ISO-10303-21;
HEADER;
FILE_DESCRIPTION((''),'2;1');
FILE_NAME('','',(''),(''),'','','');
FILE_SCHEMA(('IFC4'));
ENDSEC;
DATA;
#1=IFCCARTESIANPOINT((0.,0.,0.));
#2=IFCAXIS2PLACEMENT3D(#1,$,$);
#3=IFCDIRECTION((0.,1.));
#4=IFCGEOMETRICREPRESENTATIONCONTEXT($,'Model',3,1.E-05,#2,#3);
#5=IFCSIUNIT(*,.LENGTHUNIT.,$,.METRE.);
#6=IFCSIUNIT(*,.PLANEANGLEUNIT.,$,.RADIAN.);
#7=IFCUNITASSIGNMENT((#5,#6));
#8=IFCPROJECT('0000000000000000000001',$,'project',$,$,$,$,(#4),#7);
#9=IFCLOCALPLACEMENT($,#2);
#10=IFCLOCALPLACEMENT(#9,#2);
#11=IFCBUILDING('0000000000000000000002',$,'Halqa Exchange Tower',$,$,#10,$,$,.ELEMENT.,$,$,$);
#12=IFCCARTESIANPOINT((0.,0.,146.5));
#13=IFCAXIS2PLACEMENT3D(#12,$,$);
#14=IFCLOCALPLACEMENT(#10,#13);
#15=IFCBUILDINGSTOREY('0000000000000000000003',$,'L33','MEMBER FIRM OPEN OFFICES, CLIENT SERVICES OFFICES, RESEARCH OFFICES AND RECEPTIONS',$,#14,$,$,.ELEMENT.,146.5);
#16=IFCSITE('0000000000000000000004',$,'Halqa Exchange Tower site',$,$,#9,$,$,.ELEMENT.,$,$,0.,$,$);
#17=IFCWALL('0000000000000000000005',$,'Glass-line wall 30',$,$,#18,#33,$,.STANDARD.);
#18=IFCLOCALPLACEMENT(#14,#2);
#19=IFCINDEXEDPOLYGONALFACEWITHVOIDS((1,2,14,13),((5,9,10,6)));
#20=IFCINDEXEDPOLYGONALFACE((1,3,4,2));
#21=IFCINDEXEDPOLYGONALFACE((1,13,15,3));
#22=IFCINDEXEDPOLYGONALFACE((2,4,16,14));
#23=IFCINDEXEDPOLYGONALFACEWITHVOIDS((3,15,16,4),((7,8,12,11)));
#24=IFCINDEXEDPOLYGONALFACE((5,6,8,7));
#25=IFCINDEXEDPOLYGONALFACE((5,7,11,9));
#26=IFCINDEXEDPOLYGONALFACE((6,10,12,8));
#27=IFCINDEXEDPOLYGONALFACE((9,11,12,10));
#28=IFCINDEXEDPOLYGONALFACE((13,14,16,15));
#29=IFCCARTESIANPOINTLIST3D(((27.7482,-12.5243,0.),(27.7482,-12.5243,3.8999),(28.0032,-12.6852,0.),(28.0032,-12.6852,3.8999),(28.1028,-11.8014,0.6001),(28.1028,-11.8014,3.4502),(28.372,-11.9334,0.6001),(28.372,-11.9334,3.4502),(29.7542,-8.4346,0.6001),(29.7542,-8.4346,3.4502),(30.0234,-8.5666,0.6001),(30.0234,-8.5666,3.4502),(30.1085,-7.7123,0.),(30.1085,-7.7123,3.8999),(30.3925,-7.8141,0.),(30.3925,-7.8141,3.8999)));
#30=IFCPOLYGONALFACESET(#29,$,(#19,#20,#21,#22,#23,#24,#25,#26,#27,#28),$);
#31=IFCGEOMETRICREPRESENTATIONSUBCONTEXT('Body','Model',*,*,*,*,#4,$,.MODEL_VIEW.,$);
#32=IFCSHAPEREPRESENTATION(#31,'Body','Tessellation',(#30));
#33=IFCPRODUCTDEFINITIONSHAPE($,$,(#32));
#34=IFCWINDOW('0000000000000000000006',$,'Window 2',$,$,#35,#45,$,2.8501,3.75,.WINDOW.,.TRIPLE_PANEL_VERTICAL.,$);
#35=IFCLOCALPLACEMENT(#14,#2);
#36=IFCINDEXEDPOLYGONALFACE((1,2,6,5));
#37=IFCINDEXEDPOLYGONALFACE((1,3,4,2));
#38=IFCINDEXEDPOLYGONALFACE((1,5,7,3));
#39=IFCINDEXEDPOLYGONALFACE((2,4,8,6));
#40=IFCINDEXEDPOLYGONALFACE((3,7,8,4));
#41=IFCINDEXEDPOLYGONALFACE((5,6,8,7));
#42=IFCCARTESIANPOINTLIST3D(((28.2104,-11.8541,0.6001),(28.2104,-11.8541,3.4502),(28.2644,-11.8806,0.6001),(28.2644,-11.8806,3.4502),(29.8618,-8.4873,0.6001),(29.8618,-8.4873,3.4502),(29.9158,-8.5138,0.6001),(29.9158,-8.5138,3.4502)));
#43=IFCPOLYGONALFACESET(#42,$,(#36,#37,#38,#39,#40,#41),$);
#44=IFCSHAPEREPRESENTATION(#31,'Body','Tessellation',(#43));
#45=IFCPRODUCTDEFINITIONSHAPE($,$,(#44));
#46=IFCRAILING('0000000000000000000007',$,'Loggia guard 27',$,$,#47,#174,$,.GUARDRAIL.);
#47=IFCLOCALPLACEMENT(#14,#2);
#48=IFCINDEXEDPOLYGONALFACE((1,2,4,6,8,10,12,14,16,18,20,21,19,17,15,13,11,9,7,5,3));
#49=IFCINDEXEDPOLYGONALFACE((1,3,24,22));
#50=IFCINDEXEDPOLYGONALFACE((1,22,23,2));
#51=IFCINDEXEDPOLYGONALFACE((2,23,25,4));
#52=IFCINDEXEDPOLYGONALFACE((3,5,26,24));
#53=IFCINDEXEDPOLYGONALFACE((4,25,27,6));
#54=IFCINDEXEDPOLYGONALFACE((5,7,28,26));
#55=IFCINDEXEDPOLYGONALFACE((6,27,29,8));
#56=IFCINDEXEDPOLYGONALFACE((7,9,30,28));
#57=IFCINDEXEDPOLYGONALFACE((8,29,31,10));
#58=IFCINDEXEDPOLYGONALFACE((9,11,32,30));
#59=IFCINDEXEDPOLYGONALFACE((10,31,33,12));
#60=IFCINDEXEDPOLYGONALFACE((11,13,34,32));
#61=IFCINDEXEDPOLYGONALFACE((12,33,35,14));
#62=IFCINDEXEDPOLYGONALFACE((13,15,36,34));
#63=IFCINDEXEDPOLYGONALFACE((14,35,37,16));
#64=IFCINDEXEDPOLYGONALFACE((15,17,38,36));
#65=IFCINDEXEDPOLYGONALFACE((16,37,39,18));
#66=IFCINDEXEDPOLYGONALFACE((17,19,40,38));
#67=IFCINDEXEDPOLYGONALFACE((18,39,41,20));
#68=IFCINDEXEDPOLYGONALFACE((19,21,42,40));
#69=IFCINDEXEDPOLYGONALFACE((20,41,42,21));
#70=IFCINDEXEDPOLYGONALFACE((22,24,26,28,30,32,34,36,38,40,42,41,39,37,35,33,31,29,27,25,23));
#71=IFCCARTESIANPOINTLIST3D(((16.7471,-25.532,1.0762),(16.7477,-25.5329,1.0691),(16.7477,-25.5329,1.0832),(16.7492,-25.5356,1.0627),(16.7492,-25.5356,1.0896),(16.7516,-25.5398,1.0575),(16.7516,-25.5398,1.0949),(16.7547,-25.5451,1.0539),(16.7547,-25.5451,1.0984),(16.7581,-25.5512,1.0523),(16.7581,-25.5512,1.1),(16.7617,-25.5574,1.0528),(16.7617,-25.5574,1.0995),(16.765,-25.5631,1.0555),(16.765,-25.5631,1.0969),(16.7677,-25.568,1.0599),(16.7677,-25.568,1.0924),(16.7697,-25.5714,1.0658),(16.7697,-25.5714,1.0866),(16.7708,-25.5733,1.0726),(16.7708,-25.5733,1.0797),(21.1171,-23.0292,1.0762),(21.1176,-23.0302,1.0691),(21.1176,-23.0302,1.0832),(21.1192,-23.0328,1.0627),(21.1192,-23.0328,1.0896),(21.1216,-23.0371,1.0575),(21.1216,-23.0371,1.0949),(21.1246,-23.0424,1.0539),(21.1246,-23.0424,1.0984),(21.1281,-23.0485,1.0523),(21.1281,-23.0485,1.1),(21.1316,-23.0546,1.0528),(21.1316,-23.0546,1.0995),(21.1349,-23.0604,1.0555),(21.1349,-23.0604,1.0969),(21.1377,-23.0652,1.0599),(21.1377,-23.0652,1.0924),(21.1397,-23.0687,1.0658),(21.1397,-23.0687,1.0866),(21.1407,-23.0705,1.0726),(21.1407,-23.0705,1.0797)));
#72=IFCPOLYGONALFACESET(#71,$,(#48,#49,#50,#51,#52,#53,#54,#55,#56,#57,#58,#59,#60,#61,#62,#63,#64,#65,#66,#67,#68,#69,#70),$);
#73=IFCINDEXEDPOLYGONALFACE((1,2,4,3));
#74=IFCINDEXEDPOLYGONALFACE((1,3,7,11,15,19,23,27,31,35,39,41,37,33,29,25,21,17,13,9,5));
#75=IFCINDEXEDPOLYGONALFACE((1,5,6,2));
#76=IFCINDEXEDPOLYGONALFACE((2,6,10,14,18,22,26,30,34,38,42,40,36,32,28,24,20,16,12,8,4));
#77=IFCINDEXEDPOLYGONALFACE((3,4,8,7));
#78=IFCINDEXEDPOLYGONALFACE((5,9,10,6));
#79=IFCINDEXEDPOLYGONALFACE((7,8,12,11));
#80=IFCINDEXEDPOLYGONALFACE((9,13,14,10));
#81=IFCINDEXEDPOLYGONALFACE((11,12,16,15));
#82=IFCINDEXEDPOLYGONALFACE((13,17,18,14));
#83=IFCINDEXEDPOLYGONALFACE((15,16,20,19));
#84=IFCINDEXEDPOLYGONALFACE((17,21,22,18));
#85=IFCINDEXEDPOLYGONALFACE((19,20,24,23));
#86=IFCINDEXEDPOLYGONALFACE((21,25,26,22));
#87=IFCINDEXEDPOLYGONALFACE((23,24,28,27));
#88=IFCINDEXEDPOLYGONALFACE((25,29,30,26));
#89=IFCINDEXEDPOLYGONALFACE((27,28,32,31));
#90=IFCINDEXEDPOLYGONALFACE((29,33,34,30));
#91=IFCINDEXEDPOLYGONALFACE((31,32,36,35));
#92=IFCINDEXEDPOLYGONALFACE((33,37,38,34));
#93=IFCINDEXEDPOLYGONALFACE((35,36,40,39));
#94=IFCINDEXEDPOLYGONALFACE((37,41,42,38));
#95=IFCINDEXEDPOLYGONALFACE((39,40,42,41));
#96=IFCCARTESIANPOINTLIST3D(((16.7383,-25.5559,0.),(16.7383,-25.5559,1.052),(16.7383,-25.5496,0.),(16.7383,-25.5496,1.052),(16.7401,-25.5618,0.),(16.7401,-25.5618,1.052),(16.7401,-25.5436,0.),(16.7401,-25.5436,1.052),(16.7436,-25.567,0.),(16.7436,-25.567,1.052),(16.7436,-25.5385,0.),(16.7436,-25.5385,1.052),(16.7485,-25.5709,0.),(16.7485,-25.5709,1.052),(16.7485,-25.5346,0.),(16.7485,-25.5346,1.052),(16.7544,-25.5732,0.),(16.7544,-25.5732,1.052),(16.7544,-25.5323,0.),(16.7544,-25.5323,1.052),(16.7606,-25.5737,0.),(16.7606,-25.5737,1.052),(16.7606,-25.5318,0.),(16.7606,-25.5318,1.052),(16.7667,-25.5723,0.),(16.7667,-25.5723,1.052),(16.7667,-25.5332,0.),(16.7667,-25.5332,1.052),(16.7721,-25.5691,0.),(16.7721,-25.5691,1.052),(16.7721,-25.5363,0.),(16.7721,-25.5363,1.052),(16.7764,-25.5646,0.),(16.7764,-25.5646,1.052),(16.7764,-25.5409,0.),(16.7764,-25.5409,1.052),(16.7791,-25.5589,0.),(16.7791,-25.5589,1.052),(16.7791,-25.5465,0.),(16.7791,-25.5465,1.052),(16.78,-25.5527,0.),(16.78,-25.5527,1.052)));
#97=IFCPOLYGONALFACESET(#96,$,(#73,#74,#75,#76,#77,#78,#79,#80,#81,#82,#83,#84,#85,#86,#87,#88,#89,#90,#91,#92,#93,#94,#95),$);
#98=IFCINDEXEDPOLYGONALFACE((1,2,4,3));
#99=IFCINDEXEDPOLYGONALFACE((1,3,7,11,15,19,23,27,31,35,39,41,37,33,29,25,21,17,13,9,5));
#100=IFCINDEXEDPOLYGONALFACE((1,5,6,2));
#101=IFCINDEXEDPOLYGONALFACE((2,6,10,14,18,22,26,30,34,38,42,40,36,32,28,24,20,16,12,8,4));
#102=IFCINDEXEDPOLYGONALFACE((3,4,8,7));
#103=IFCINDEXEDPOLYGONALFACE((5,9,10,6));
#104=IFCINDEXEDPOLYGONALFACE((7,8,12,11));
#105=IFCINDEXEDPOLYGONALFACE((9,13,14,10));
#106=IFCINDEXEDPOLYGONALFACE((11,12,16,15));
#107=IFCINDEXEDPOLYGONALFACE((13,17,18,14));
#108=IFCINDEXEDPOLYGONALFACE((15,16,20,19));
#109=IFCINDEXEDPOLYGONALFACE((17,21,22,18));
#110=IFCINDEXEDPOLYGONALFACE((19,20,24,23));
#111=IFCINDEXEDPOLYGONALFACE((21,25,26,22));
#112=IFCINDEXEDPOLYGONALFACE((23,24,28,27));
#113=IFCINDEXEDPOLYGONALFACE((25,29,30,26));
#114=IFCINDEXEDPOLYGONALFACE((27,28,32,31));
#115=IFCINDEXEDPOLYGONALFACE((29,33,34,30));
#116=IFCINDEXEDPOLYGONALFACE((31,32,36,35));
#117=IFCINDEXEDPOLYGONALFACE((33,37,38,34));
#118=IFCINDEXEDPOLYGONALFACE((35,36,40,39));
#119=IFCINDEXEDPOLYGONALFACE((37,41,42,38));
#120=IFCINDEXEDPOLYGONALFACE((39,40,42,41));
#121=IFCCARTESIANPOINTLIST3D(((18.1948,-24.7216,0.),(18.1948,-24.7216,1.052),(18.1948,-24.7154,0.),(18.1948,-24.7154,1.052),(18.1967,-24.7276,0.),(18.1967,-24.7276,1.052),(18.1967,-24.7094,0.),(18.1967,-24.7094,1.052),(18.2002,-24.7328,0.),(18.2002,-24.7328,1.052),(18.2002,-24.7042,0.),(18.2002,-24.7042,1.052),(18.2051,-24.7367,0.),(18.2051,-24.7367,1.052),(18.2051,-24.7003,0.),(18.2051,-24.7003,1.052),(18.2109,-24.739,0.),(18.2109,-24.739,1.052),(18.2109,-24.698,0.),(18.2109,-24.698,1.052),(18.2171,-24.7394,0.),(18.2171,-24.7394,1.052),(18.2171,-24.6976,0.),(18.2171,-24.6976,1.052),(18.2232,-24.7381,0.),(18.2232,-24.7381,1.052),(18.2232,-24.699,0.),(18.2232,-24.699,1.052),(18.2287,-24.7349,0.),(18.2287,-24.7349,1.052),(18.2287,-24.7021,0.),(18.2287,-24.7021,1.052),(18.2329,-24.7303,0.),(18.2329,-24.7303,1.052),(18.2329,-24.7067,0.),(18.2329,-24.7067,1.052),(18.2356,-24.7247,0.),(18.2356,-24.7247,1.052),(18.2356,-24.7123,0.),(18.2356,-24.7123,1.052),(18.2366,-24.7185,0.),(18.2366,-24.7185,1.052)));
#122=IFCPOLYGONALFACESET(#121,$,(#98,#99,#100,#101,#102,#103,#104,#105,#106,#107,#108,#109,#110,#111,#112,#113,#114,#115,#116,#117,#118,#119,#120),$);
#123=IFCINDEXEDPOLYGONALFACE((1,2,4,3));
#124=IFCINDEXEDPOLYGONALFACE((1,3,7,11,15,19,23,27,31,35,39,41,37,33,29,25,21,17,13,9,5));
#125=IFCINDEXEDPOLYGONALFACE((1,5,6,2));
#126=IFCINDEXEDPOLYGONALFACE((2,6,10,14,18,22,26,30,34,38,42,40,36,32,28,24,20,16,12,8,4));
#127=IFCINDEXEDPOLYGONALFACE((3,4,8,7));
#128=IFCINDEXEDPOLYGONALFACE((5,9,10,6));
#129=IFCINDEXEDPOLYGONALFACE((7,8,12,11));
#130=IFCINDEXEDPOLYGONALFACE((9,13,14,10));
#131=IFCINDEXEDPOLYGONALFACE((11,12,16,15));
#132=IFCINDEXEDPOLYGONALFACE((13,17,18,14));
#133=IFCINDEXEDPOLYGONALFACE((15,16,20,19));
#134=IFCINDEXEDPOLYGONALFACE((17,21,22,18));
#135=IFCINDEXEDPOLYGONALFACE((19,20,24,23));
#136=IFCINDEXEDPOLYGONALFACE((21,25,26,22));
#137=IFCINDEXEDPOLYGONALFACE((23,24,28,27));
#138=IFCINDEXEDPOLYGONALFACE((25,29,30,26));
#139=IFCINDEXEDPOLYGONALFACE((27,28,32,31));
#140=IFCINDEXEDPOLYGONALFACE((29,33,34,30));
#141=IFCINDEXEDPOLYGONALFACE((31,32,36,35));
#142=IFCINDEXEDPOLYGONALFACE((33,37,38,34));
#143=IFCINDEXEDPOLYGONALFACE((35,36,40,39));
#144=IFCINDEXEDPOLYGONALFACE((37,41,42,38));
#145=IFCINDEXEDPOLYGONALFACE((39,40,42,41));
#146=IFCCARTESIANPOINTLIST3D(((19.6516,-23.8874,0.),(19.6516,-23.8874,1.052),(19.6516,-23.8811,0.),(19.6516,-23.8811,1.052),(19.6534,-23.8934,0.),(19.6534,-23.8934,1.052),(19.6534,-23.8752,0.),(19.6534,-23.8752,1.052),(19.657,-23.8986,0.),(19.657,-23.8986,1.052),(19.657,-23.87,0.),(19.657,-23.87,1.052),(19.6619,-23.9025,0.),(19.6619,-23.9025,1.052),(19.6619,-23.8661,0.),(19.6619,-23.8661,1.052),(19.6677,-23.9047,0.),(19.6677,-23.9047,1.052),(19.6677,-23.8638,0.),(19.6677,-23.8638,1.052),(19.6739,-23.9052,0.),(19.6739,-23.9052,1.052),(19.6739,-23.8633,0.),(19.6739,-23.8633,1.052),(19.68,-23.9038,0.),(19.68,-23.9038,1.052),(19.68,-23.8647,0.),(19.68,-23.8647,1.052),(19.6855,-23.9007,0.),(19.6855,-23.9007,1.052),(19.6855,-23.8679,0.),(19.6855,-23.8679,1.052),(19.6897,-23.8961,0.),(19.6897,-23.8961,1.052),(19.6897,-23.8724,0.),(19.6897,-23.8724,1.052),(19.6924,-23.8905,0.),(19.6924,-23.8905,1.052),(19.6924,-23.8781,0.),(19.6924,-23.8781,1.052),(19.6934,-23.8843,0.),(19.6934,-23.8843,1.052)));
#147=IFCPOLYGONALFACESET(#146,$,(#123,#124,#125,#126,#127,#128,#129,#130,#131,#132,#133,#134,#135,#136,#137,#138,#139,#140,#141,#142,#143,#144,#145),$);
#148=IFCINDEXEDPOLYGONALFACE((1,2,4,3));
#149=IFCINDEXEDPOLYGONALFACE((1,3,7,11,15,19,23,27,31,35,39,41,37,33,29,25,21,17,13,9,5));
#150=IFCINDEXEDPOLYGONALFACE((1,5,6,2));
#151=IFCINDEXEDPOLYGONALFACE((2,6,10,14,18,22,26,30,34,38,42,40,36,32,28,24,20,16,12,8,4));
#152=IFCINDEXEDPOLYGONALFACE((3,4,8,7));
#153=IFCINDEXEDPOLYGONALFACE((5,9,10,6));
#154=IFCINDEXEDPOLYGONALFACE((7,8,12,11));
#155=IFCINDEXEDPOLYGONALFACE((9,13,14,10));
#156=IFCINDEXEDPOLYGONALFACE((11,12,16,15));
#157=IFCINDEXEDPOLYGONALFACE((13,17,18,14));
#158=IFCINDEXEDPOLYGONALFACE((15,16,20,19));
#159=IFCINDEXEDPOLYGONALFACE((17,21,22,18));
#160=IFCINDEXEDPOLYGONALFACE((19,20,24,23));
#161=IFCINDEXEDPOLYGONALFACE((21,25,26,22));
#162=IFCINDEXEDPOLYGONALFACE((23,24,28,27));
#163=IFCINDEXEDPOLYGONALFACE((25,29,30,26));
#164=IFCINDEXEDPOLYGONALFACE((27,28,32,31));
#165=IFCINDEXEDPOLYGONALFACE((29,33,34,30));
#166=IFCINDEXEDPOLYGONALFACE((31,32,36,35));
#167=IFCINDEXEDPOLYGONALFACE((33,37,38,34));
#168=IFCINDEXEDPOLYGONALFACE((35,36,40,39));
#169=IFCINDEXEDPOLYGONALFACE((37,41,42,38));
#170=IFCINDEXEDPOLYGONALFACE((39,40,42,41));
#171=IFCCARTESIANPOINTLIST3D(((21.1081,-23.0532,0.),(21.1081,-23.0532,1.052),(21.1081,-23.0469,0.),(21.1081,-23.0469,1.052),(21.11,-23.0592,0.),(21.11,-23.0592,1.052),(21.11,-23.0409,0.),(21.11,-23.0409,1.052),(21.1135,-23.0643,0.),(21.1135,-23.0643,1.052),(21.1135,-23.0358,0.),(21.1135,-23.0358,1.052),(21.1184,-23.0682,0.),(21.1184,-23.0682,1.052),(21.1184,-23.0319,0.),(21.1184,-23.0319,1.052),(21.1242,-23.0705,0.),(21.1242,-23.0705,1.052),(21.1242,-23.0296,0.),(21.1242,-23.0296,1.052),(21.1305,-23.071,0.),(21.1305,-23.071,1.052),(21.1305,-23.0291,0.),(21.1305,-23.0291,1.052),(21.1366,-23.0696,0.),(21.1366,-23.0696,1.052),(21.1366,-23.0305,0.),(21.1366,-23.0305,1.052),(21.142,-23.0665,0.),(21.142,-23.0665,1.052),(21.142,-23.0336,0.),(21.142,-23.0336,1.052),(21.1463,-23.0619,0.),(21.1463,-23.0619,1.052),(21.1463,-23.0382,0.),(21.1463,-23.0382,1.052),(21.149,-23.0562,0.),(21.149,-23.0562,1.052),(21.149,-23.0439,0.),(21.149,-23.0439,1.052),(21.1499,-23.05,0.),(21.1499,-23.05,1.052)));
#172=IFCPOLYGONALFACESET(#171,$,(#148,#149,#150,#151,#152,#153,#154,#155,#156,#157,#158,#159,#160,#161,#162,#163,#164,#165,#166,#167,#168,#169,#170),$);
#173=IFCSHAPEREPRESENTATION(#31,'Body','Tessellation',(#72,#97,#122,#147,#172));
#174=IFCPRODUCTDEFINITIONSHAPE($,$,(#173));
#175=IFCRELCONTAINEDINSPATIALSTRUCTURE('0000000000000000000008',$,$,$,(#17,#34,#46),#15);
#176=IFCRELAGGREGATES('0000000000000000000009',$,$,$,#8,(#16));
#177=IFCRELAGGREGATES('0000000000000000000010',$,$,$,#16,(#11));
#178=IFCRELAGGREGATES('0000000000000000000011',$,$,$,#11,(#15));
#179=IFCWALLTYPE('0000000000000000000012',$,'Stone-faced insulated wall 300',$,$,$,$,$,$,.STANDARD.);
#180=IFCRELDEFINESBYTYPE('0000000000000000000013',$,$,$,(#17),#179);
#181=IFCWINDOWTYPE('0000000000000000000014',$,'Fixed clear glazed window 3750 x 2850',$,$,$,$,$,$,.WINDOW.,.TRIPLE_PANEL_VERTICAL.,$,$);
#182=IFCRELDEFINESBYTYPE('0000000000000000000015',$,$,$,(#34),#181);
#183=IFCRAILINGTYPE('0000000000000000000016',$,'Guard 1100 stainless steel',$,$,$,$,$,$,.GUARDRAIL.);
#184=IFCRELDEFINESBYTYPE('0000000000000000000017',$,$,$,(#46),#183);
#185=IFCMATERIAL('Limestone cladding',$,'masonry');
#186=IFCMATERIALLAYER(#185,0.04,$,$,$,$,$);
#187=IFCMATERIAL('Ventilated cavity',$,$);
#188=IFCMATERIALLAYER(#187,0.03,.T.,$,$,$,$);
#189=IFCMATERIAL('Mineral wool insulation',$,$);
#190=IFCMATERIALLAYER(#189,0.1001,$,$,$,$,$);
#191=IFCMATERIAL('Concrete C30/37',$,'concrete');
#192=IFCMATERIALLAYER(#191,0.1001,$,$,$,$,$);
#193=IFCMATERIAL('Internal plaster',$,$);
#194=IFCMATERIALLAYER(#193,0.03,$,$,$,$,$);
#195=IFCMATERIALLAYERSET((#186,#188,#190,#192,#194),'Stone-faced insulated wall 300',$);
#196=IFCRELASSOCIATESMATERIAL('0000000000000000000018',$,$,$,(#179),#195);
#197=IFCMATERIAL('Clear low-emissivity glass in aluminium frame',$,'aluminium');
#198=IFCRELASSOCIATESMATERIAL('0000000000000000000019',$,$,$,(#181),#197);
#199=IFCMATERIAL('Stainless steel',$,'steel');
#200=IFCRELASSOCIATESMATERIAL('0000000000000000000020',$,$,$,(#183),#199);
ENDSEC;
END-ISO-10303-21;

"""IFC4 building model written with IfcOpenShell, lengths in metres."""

from ifc_helpers import new_model, si_unit, direction, frame, frame_2d, origin, origin_2d, place, context, subcontext, project, spatial, polyline, rectangle, circle, outline, extrude, material, layer, layer_set, type_object, element, fill, save


model = new_model("IFC4")

# Units and contexts
model_context = context("Model", 3, precision=1e-05, world=origin(), true_north=direction((0.0, 1.0)))
body_context = subcontext(model_context, "Body", "Model", "MODEL_VIEW")
ifc_project = project(units=[si_unit("LENGTHUNIT", "METRE"), si_unit("PLANEANGLEUNIT", "RADIAN")], contexts=[model_context])

# Site, building, storey
site_placement = place(None, origin())
site = spatial("IfcSite", under=ifc_project, at=site_placement, Name="Halqa Exchange Tower site", CompositionType="ELEMENT", RefElevation=0.0)
building_placement = place(site_placement, origin())
building = spatial("IfcBuilding", under=site, at=building_placement, Name="Halqa Exchange Tower", CompositionType="ELEMENT")
storey_placement = place(building_placement, frame((0.0, 0.0, 146.5)))
storey = spatial("IfcBuildingStorey", under=building, at=storey_placement, Name="L33", Description="MEMBER FIRM OPEN OFFICES, CLIENT SERVICES OFFICES, RESEARCH OFFICES AND RECEPTIONS", CompositionType="ELEMENT", Elevation=146.5)

# Shared definitions
ifc_material_1 = material(Name="Limestone cladding", Category="masonry")
ifc_layer_1 = layer(ifc_material_1, 0.04)
ifc_material_2 = material(Name="Ventilated cavity")
ifc_layer_2 = layer(ifc_material_2, 0.03, ventilated=True)
ifc_material_3 = material(Name="Mineral wool insulation")
ifc_layer_3 = layer(ifc_material_3, 0.1001)
ifc_material_4 = material(Name="Concrete C30/37", Category="concrete")
ifc_layer_4 = layer(ifc_material_4, 0.1001)
ifc_material_5 = material(Name="Internal plaster")
ifc_layer_5 = layer(ifc_material_5, 0.03)
ifc_layer_set_1 = layer_set([ifc_layer_1, ifc_layer_2, ifc_layer_3, ifc_layer_4, ifc_layer_5], Name="Stone-faced insulated wall 300")
wall_type_1 = type_object("IfcWallType", Name="Stone-faced insulated wall 300", PredefinedType="STANDARD", material=ifc_layer_set_1)
ifc_material_6 = material(Name="Clear low-emissivity glass in aluminium frame", Category="aluminium")
window_type = type_object("IfcWindowType", Name="Fixed clear glazed window 3750 x 2850", PartitioningType="TRIPLE_PANEL_VERTICAL", PredefinedType="WINDOW", material=ifc_material_6)

# Wall, opening, window
wall_1_placement = place(storey_placement, frame((27.8757, -12.6047, 0.0), z_axis=(0.0, 0.0, 1.0), x_axis=(0.440373, 0.897815, 0.0)))
wall_1 = element("IfcWall", 1, at=wall_1_placement, inside=storey, type_object=wall_type_1, Name="Glass-line wall 30", PredefinedType="STANDARD", context=body_context, shape_type="SweptSolid", body=[
    extrude(outline(polyline([(-0.0161, -0.1499), (5.4094, -0.1499), (5.3757, 0.1499), (0.0161, 0.1499), (-0.0161, -0.1499)])), origin(), (0.0, 0.0, 1.0), 3.8999),
])
opening_1_placement = place(wall_1_placement, frame((0.8213, 0.0, 0.6001)))
opening_1 = element("IfcOpeningElement", 2, at=opening_1_placement, cuts=wall_1, PredefinedType="OPENING", context=body_context, shape_type="SweptSolid", body=[
    extrude(rectangle(XDim=3.75, YDim=2.8501, at=frame_2d((1.875, 1.425))), frame((0.0, 0.1621, 0.0), z_axis=(0.0, -1.0, 0.0), x_axis=(1.0, 0.0, 0.0)), (0.0, 0.0, 1.0), 0.324),
])
window_1_placement = place(opening_1_placement, origin())
window_1 = element("IfcWindow", 3, at=window_1_placement, inside=storey, type_object=window_type, Name="Window 2", OverallHeight=2.8501, OverallWidth=3.75, PartitioningType="TRIPLE_PANEL_VERTICAL", PredefinedType="WINDOW", context=body_context, shape_type="SweptSolid", body=[
    extrude(rectangle(XDim=3.75, YDim=2.8501, at=frame_2d((1.875, 1.425))), frame((0.0, 0.03, 0.0), z_axis=(0.0, -1.0, 0.0), x_axis=(1.0, 0.0, 0.0)), (0.0, 0.0, 1.0), 0.0601),
])
fill(opening_1, window_1)

# Railing
ifc_material_7 = material(Name="Stainless steel", Category="steel")
railing_type = type_object("IfcRailingType", Name="Guard 1100 stainless steel", PredefinedType="GUARDRAIL", material=ifc_material_7)
railing_1_placement = place(storey_placement, frame((16.759, -25.5527, 0.0)))
element("IfcRailing", 4, at=railing_1_placement, inside=storey, type_object=railing_type, Name="Loggia guard 27", PredefinedType="GUARDRAIL", context=body_context, shape_type="SweptSolid", body=[
    extrude(circle(Radius=0.0239, at=origin_2d()), frame((0.0, 0.0, 1.0762), z_axis=(0.867762, 0.496979, 0.0), x_axis=(-0.496979, 0.867762, 0.0)), (0.0, 0.0, 1.0), 5.0359),
    extrude(circle(Radius=0.021, at=origin_2d()), origin(), (0.0, 0.0, 1.0), 1.052),
    extrude(circle(Radius=0.021, at=origin_2d()), frame((1.4565, 0.8342, 0.0)), (0.0, 0.0, 1.0), 1.052),
    extrude(circle(Radius=0.021, at=origin_2d()), frame((2.9133, 1.6685, 0.0)), (0.0, 0.0, 1.0), 1.052),
    extrude(circle(Radius=0.021, at=origin_2d()), frame((4.3699, 2.5027, 0.0)), (0.0, 0.0, 1.0), 1.052),
])

save(model, "model.ifc")
